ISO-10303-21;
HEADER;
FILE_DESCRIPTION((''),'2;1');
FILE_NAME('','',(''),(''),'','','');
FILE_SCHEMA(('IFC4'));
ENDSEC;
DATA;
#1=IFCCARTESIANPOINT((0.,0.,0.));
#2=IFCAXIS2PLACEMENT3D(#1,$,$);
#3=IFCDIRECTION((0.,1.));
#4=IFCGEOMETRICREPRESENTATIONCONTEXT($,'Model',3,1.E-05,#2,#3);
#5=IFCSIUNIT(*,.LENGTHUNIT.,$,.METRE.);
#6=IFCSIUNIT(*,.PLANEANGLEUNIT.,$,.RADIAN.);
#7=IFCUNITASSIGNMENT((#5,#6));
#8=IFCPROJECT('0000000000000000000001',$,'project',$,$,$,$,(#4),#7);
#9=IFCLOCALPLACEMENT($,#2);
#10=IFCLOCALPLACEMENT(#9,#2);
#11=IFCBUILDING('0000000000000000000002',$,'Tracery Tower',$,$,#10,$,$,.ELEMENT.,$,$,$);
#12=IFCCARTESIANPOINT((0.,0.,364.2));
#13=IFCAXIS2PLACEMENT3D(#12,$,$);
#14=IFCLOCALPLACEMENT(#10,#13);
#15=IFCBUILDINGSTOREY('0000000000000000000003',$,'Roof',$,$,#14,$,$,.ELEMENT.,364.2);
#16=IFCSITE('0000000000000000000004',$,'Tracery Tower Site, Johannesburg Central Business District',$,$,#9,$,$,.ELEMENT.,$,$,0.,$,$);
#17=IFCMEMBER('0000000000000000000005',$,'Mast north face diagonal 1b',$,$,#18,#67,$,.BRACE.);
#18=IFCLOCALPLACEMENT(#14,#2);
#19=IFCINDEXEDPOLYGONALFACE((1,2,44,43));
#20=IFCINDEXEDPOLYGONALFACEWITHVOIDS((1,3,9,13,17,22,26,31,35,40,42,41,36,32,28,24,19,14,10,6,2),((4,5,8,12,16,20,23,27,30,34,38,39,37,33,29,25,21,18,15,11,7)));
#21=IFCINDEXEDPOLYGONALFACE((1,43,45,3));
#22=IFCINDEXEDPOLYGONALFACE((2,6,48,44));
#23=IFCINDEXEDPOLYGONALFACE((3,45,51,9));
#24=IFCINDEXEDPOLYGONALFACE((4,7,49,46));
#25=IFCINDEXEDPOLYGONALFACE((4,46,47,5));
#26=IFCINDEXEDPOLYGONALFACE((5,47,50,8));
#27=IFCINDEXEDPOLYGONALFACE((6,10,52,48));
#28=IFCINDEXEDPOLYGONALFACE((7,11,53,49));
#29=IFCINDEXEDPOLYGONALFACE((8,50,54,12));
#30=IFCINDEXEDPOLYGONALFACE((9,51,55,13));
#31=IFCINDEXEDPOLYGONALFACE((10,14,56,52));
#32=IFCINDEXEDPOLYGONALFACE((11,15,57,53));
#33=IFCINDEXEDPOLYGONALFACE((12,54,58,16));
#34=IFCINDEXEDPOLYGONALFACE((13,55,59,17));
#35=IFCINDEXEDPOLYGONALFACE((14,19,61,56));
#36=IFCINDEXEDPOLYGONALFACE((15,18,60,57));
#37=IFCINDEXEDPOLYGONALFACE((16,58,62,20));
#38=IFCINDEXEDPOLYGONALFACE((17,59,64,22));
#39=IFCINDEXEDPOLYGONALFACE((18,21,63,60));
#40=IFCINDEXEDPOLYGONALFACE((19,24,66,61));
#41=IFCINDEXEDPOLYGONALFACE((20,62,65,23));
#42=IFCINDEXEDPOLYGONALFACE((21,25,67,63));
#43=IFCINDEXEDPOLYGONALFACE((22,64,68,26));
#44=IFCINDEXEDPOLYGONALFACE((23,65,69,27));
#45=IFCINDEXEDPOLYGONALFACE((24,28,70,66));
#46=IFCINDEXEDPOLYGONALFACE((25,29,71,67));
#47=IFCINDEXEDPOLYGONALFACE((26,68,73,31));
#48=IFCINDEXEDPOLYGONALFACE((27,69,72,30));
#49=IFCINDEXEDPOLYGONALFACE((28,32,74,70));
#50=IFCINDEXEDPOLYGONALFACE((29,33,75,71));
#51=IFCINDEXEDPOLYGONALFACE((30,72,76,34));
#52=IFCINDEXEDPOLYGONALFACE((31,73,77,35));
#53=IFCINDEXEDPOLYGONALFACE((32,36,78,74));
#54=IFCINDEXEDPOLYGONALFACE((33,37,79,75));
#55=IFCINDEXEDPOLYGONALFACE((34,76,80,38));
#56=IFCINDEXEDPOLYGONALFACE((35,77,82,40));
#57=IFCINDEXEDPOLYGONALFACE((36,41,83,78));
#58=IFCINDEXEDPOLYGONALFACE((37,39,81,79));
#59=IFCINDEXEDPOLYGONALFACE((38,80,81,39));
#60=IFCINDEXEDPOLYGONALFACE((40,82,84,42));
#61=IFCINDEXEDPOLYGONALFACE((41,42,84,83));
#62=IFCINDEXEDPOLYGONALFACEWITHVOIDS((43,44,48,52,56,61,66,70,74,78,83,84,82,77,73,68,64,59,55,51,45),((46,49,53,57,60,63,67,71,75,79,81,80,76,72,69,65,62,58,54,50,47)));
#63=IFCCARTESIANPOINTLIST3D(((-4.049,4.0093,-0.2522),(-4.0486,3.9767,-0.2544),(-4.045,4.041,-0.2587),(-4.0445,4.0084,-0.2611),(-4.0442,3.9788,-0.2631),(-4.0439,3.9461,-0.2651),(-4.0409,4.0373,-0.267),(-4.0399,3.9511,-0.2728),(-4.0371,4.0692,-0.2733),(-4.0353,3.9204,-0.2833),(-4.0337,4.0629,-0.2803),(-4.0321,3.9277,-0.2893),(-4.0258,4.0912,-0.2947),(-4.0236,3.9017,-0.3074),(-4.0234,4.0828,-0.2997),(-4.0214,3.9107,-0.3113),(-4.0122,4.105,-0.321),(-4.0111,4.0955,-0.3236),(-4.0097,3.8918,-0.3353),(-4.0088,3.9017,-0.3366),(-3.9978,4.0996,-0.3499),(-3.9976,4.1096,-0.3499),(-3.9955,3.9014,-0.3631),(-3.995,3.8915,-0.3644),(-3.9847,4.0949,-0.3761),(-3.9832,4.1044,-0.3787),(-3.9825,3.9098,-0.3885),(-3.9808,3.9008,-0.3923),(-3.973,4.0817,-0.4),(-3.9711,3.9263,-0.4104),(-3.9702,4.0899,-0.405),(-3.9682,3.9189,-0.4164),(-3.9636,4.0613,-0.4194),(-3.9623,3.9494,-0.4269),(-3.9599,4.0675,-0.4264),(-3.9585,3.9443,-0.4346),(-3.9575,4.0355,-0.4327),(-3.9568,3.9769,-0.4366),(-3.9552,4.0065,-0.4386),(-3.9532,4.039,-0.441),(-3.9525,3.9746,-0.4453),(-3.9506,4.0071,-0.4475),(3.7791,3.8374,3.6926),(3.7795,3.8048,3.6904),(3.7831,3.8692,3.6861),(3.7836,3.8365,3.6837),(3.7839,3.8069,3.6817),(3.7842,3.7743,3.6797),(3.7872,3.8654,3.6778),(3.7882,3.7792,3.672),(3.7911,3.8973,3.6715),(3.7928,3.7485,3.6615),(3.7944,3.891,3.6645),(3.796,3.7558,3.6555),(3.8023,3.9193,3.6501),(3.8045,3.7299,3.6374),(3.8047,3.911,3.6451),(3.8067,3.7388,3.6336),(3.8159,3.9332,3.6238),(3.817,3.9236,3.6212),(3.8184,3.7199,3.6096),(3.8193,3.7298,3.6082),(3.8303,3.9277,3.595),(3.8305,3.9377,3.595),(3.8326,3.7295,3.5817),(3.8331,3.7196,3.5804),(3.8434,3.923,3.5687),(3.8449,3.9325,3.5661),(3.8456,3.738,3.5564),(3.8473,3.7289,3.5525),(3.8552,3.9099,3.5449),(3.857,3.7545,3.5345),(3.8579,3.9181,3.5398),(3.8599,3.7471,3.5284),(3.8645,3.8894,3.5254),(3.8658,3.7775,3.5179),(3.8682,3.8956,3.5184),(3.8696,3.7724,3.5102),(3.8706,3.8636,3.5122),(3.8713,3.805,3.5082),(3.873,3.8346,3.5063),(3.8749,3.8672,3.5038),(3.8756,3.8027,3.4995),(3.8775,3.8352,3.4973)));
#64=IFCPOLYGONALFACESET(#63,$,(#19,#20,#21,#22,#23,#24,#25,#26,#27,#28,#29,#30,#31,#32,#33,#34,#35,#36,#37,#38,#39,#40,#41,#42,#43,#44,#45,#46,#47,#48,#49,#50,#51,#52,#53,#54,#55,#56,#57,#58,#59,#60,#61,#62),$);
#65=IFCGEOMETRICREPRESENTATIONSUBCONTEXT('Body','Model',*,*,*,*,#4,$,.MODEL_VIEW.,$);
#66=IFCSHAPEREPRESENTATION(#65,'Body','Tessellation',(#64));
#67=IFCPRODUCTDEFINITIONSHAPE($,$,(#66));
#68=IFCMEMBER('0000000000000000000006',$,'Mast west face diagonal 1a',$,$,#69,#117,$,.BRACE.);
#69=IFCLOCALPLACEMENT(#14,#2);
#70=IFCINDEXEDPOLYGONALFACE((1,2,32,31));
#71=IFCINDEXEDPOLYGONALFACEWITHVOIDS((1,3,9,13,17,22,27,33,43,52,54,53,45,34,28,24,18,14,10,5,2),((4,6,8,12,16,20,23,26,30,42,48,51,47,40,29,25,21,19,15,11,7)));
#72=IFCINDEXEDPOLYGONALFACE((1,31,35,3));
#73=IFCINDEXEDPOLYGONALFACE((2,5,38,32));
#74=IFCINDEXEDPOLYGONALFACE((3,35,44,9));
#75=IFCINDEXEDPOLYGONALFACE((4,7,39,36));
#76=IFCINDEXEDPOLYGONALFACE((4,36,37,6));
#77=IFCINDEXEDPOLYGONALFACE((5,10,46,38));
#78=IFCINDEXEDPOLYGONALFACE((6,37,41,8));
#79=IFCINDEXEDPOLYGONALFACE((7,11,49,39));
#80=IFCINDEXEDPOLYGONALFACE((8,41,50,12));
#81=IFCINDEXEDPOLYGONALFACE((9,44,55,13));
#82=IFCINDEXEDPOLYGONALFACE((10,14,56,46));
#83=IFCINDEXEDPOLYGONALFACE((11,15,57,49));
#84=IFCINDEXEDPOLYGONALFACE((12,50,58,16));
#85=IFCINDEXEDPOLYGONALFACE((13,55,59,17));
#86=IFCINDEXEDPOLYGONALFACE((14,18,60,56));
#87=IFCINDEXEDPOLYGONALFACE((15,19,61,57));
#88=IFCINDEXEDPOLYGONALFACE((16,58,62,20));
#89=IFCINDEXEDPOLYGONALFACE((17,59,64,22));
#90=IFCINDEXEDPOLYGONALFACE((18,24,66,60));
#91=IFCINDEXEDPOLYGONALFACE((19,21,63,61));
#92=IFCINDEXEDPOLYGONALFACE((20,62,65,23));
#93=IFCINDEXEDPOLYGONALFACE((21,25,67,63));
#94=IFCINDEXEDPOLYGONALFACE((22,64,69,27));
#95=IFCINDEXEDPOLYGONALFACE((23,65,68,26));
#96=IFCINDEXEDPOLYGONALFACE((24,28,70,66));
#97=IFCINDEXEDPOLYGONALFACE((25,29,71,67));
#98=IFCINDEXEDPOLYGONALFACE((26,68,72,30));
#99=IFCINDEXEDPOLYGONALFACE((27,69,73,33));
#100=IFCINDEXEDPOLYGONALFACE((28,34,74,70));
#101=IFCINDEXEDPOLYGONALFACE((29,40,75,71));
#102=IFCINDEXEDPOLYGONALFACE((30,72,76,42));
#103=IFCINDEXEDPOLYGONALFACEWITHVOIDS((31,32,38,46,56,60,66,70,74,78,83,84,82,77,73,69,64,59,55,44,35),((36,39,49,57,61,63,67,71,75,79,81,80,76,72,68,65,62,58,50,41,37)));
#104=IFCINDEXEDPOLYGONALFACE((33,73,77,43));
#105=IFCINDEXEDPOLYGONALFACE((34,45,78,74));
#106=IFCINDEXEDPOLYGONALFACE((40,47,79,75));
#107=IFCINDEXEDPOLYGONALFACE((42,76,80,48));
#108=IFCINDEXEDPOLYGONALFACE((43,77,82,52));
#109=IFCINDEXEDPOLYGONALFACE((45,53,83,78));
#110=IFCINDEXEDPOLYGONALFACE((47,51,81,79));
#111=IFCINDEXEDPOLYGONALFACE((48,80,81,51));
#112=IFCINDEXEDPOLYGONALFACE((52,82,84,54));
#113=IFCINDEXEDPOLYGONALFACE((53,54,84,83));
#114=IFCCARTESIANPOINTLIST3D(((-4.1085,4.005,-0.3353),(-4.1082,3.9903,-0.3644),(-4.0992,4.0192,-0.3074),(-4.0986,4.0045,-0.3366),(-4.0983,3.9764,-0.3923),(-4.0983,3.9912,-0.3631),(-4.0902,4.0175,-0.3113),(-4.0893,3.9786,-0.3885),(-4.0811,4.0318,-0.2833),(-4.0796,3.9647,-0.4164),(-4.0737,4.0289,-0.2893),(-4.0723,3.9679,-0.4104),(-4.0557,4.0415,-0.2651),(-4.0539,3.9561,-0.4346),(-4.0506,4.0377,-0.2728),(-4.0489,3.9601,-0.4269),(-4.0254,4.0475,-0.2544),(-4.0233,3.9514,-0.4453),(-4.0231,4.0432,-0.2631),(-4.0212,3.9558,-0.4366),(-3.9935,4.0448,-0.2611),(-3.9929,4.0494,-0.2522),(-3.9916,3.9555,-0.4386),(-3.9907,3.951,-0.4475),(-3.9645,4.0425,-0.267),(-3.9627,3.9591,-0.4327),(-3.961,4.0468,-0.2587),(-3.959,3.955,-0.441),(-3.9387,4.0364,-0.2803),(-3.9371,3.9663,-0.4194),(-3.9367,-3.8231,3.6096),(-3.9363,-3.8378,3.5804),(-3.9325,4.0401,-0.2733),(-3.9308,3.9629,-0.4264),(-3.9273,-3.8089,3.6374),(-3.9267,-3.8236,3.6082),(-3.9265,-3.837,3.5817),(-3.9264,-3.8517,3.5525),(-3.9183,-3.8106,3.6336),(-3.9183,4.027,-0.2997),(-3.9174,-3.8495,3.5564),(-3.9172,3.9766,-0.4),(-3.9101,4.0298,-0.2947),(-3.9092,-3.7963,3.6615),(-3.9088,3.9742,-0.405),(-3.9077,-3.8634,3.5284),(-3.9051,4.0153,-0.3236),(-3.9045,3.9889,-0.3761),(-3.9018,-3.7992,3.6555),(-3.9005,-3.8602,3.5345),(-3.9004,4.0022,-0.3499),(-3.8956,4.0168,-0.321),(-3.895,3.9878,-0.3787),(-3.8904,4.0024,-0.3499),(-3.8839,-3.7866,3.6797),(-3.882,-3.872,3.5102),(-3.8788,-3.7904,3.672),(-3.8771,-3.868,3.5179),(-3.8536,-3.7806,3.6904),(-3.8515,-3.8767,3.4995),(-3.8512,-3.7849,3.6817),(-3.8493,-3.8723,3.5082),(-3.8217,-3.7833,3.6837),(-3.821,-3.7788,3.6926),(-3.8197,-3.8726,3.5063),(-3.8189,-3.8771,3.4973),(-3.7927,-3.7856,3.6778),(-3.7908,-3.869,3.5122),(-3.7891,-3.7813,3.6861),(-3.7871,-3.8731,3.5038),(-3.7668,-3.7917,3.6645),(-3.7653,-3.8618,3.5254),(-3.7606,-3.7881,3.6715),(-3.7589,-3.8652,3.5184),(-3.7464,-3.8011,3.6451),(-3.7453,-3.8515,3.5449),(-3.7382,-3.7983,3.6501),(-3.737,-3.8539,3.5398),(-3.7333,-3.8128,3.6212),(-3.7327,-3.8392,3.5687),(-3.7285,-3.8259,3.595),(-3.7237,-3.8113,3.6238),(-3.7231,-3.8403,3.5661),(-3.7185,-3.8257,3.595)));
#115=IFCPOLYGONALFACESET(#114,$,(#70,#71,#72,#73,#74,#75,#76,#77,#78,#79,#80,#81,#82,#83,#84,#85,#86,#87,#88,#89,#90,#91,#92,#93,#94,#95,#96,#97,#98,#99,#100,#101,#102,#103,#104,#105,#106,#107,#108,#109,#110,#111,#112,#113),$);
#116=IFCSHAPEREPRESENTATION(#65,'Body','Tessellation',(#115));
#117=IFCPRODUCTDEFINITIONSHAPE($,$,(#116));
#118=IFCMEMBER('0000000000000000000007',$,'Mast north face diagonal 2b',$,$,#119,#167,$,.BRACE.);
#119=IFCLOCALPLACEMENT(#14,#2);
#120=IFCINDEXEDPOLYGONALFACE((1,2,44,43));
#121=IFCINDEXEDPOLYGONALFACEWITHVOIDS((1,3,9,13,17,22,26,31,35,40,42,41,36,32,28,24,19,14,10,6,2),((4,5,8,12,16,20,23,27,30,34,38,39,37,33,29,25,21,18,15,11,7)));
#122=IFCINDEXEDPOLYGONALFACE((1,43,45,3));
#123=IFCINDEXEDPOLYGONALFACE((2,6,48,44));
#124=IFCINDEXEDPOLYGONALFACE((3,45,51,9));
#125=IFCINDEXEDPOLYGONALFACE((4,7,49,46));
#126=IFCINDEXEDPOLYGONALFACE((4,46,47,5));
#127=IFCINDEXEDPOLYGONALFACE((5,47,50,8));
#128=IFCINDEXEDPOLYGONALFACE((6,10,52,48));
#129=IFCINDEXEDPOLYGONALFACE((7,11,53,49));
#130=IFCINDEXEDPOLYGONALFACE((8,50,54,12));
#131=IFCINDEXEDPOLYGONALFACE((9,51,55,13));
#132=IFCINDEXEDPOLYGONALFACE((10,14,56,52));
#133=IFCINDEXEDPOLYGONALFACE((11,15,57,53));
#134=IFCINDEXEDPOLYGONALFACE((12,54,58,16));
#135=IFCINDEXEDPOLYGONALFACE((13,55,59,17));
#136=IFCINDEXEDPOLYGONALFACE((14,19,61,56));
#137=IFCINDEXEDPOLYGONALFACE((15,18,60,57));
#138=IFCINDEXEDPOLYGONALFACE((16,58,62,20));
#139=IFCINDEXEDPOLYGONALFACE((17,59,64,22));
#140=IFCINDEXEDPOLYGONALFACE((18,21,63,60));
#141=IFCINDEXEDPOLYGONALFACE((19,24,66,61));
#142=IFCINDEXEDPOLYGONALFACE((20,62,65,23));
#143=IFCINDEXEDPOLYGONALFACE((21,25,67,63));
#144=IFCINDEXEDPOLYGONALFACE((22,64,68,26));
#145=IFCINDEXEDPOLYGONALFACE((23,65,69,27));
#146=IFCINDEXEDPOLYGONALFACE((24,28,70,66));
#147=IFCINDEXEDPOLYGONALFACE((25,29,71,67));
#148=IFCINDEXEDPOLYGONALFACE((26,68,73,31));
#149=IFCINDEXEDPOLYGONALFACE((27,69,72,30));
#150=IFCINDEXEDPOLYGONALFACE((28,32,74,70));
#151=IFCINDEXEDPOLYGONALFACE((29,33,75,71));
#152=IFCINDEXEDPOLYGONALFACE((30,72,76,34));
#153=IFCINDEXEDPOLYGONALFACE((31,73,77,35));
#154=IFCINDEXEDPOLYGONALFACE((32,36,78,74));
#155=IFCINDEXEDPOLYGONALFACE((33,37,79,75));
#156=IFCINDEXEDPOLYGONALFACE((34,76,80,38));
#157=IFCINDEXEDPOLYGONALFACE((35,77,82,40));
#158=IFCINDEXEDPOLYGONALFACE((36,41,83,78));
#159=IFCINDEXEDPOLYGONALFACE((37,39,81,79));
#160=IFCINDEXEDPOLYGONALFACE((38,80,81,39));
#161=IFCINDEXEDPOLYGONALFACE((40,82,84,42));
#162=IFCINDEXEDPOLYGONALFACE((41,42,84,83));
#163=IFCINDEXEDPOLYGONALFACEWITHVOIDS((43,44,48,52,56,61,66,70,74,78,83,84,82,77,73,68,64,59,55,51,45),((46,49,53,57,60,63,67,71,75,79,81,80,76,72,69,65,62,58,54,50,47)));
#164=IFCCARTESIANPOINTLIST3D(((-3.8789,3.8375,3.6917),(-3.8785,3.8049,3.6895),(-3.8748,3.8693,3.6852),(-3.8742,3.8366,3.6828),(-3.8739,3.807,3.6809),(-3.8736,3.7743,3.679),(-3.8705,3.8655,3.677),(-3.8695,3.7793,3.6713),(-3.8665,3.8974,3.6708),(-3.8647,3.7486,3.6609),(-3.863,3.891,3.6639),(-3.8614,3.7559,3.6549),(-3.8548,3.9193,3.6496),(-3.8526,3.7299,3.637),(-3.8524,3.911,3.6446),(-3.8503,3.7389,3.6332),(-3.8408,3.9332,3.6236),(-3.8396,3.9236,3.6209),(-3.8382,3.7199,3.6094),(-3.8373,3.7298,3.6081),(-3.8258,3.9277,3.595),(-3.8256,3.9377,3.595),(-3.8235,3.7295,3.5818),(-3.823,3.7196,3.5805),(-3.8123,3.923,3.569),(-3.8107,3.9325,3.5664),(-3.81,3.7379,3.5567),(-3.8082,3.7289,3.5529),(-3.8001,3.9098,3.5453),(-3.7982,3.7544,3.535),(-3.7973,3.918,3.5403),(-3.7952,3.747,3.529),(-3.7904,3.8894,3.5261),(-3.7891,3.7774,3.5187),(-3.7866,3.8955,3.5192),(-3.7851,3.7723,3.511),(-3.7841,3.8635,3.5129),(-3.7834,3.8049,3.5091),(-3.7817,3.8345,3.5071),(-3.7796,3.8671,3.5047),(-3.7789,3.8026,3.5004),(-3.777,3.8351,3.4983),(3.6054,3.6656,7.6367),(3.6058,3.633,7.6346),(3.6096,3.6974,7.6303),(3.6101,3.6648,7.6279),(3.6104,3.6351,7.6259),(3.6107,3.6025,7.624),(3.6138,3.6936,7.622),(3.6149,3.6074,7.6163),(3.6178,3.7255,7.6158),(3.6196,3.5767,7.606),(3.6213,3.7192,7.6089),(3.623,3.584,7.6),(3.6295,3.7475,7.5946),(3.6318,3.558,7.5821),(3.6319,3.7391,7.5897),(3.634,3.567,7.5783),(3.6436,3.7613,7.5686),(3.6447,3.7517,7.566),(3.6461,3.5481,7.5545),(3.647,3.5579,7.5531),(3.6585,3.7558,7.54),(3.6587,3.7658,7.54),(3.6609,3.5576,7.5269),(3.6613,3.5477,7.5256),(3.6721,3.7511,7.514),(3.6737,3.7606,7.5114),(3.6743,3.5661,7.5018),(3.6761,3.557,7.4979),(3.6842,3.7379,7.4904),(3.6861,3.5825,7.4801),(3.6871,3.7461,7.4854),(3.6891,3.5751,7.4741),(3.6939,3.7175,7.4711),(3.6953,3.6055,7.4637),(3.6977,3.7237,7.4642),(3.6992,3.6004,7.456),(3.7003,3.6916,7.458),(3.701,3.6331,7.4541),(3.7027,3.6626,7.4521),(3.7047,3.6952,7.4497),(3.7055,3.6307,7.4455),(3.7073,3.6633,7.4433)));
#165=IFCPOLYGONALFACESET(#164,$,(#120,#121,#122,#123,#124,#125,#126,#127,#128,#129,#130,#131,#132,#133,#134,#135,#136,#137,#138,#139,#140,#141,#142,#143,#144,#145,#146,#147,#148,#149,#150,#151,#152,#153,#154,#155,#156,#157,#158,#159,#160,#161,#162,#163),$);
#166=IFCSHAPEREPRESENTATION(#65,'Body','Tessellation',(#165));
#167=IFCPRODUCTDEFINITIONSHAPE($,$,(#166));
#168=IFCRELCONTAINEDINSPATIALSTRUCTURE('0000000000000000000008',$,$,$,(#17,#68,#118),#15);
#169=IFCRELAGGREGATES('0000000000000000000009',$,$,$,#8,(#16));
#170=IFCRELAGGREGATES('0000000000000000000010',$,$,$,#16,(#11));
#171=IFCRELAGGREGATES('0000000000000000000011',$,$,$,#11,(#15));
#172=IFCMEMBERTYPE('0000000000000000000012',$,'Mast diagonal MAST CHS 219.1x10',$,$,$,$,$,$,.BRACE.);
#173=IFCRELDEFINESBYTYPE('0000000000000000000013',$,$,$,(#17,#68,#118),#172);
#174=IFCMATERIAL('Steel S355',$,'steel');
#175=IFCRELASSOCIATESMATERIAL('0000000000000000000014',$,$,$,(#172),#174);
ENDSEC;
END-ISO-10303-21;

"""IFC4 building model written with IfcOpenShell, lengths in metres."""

from ifc_helpers import new_model, si_unit, direction, frame, origin, origin_2d, place, context, subcontext, project, spatial, hollow_circle, extrude, material, material_profile, profile_set, type_object, element, save


model = new_model("IFC4")

# Units and contexts
model_context = context("Model", 3, precision=1e-05, world=origin(), true_north=direction((0.0, 1.0)))
body_context = subcontext(model_context, "Body", "Model", "MODEL_VIEW")
ifc_project = project(units=[si_unit("LENGTHUNIT", "METRE"), si_unit("PLANEANGLEUNIT", "RADIAN")], contexts=[model_context])

# Site, building, storey
site_placement = place(None, origin())
site = spatial("IfcSite", under=ifc_project, at=site_placement, Name="Tracery Tower Site, Johannesburg Central Business District", CompositionType="ELEMENT", RefElevation=0.0)
building_placement = place(site_placement, origin())
building = spatial("IfcBuilding", under=site, at=building_placement, Name="Tracery Tower", CompositionType="ELEMENT")
storey_placement = place(building_placement, frame((0.0, 0.0, 364.2)))
storey = spatial("IfcBuildingStorey", under=building, at=storey_placement, Name="Roof", CompositionType="ELEMENT", Elevation=364.2)

# Members
ifc_material_1 = material(Name="Steel S355", Category="steel")
ifc_material_profile_1 = material_profile(ifc_material_1, hollow_circle(Radius=0.1096, WallThickness=0.01, at=origin_2d()), Name="CHS 219.1x10")
ifc_profile_set_1 = profile_set([ifc_material_profile_1], Name="Steel S355")
member_type_1 = type_object("IfcMemberType", Name="Mast diagonal MAST CHS 219.1x10", PredefinedType="BRACE", material=ifc_profile_set_1)
for number, where, z_axis, x_axis, name in (
    (1, (-4.0, 4.0, -0.3499), (0.892847, -0.019603, 0.449932), (0.021951, 0.999759, 0.0), "Mast north face diagonal 1b"),
    (2, (-4.0, 4.0, -0.3499), (0.019603, -0.892847, 0.449932), (0.999759, 0.021951, 0.0), "Mast west face diagonal 1a"),
):
    element("IfcMember", number, at=place(storey_placement, frame(where, z_axis=z_axis, x_axis=x_axis)), inside=storey, type_object=member_type_1, Name=name, PredefinedType="BRACE", context=body_context, shape_type="SweptSolid", body=[
        extrude(hollow_circle(Radius=0.1096, WallThickness=0.01, at=origin_2d()), origin(), (0.0, 0.0, 1.0), 8.7676),
    ])
for number, where, z_axis, x_axis, name in (
    (3, (-3.8281, 3.8281, 3.595), (0.884447, -0.020311, 0.466198), (0.022958, 0.999736, 0.0), "Mast north face diagonal 2b"),
):
    element("IfcMember", number, at=place(storey_placement, frame(where, z_axis=z_axis, x_axis=x_axis)), inside=storey, type_object=member_type_1, Name=name, PredefinedType="BRACE", context=body_context, shape_type="SweptSolid", body=[
        extrude(hollow_circle(Radius=0.1096, WallThickness=0.01, at=origin_2d()), origin(), (0.0, 0.0, 1.0), 8.4622),
    ])

save(model, "model.ifc")
